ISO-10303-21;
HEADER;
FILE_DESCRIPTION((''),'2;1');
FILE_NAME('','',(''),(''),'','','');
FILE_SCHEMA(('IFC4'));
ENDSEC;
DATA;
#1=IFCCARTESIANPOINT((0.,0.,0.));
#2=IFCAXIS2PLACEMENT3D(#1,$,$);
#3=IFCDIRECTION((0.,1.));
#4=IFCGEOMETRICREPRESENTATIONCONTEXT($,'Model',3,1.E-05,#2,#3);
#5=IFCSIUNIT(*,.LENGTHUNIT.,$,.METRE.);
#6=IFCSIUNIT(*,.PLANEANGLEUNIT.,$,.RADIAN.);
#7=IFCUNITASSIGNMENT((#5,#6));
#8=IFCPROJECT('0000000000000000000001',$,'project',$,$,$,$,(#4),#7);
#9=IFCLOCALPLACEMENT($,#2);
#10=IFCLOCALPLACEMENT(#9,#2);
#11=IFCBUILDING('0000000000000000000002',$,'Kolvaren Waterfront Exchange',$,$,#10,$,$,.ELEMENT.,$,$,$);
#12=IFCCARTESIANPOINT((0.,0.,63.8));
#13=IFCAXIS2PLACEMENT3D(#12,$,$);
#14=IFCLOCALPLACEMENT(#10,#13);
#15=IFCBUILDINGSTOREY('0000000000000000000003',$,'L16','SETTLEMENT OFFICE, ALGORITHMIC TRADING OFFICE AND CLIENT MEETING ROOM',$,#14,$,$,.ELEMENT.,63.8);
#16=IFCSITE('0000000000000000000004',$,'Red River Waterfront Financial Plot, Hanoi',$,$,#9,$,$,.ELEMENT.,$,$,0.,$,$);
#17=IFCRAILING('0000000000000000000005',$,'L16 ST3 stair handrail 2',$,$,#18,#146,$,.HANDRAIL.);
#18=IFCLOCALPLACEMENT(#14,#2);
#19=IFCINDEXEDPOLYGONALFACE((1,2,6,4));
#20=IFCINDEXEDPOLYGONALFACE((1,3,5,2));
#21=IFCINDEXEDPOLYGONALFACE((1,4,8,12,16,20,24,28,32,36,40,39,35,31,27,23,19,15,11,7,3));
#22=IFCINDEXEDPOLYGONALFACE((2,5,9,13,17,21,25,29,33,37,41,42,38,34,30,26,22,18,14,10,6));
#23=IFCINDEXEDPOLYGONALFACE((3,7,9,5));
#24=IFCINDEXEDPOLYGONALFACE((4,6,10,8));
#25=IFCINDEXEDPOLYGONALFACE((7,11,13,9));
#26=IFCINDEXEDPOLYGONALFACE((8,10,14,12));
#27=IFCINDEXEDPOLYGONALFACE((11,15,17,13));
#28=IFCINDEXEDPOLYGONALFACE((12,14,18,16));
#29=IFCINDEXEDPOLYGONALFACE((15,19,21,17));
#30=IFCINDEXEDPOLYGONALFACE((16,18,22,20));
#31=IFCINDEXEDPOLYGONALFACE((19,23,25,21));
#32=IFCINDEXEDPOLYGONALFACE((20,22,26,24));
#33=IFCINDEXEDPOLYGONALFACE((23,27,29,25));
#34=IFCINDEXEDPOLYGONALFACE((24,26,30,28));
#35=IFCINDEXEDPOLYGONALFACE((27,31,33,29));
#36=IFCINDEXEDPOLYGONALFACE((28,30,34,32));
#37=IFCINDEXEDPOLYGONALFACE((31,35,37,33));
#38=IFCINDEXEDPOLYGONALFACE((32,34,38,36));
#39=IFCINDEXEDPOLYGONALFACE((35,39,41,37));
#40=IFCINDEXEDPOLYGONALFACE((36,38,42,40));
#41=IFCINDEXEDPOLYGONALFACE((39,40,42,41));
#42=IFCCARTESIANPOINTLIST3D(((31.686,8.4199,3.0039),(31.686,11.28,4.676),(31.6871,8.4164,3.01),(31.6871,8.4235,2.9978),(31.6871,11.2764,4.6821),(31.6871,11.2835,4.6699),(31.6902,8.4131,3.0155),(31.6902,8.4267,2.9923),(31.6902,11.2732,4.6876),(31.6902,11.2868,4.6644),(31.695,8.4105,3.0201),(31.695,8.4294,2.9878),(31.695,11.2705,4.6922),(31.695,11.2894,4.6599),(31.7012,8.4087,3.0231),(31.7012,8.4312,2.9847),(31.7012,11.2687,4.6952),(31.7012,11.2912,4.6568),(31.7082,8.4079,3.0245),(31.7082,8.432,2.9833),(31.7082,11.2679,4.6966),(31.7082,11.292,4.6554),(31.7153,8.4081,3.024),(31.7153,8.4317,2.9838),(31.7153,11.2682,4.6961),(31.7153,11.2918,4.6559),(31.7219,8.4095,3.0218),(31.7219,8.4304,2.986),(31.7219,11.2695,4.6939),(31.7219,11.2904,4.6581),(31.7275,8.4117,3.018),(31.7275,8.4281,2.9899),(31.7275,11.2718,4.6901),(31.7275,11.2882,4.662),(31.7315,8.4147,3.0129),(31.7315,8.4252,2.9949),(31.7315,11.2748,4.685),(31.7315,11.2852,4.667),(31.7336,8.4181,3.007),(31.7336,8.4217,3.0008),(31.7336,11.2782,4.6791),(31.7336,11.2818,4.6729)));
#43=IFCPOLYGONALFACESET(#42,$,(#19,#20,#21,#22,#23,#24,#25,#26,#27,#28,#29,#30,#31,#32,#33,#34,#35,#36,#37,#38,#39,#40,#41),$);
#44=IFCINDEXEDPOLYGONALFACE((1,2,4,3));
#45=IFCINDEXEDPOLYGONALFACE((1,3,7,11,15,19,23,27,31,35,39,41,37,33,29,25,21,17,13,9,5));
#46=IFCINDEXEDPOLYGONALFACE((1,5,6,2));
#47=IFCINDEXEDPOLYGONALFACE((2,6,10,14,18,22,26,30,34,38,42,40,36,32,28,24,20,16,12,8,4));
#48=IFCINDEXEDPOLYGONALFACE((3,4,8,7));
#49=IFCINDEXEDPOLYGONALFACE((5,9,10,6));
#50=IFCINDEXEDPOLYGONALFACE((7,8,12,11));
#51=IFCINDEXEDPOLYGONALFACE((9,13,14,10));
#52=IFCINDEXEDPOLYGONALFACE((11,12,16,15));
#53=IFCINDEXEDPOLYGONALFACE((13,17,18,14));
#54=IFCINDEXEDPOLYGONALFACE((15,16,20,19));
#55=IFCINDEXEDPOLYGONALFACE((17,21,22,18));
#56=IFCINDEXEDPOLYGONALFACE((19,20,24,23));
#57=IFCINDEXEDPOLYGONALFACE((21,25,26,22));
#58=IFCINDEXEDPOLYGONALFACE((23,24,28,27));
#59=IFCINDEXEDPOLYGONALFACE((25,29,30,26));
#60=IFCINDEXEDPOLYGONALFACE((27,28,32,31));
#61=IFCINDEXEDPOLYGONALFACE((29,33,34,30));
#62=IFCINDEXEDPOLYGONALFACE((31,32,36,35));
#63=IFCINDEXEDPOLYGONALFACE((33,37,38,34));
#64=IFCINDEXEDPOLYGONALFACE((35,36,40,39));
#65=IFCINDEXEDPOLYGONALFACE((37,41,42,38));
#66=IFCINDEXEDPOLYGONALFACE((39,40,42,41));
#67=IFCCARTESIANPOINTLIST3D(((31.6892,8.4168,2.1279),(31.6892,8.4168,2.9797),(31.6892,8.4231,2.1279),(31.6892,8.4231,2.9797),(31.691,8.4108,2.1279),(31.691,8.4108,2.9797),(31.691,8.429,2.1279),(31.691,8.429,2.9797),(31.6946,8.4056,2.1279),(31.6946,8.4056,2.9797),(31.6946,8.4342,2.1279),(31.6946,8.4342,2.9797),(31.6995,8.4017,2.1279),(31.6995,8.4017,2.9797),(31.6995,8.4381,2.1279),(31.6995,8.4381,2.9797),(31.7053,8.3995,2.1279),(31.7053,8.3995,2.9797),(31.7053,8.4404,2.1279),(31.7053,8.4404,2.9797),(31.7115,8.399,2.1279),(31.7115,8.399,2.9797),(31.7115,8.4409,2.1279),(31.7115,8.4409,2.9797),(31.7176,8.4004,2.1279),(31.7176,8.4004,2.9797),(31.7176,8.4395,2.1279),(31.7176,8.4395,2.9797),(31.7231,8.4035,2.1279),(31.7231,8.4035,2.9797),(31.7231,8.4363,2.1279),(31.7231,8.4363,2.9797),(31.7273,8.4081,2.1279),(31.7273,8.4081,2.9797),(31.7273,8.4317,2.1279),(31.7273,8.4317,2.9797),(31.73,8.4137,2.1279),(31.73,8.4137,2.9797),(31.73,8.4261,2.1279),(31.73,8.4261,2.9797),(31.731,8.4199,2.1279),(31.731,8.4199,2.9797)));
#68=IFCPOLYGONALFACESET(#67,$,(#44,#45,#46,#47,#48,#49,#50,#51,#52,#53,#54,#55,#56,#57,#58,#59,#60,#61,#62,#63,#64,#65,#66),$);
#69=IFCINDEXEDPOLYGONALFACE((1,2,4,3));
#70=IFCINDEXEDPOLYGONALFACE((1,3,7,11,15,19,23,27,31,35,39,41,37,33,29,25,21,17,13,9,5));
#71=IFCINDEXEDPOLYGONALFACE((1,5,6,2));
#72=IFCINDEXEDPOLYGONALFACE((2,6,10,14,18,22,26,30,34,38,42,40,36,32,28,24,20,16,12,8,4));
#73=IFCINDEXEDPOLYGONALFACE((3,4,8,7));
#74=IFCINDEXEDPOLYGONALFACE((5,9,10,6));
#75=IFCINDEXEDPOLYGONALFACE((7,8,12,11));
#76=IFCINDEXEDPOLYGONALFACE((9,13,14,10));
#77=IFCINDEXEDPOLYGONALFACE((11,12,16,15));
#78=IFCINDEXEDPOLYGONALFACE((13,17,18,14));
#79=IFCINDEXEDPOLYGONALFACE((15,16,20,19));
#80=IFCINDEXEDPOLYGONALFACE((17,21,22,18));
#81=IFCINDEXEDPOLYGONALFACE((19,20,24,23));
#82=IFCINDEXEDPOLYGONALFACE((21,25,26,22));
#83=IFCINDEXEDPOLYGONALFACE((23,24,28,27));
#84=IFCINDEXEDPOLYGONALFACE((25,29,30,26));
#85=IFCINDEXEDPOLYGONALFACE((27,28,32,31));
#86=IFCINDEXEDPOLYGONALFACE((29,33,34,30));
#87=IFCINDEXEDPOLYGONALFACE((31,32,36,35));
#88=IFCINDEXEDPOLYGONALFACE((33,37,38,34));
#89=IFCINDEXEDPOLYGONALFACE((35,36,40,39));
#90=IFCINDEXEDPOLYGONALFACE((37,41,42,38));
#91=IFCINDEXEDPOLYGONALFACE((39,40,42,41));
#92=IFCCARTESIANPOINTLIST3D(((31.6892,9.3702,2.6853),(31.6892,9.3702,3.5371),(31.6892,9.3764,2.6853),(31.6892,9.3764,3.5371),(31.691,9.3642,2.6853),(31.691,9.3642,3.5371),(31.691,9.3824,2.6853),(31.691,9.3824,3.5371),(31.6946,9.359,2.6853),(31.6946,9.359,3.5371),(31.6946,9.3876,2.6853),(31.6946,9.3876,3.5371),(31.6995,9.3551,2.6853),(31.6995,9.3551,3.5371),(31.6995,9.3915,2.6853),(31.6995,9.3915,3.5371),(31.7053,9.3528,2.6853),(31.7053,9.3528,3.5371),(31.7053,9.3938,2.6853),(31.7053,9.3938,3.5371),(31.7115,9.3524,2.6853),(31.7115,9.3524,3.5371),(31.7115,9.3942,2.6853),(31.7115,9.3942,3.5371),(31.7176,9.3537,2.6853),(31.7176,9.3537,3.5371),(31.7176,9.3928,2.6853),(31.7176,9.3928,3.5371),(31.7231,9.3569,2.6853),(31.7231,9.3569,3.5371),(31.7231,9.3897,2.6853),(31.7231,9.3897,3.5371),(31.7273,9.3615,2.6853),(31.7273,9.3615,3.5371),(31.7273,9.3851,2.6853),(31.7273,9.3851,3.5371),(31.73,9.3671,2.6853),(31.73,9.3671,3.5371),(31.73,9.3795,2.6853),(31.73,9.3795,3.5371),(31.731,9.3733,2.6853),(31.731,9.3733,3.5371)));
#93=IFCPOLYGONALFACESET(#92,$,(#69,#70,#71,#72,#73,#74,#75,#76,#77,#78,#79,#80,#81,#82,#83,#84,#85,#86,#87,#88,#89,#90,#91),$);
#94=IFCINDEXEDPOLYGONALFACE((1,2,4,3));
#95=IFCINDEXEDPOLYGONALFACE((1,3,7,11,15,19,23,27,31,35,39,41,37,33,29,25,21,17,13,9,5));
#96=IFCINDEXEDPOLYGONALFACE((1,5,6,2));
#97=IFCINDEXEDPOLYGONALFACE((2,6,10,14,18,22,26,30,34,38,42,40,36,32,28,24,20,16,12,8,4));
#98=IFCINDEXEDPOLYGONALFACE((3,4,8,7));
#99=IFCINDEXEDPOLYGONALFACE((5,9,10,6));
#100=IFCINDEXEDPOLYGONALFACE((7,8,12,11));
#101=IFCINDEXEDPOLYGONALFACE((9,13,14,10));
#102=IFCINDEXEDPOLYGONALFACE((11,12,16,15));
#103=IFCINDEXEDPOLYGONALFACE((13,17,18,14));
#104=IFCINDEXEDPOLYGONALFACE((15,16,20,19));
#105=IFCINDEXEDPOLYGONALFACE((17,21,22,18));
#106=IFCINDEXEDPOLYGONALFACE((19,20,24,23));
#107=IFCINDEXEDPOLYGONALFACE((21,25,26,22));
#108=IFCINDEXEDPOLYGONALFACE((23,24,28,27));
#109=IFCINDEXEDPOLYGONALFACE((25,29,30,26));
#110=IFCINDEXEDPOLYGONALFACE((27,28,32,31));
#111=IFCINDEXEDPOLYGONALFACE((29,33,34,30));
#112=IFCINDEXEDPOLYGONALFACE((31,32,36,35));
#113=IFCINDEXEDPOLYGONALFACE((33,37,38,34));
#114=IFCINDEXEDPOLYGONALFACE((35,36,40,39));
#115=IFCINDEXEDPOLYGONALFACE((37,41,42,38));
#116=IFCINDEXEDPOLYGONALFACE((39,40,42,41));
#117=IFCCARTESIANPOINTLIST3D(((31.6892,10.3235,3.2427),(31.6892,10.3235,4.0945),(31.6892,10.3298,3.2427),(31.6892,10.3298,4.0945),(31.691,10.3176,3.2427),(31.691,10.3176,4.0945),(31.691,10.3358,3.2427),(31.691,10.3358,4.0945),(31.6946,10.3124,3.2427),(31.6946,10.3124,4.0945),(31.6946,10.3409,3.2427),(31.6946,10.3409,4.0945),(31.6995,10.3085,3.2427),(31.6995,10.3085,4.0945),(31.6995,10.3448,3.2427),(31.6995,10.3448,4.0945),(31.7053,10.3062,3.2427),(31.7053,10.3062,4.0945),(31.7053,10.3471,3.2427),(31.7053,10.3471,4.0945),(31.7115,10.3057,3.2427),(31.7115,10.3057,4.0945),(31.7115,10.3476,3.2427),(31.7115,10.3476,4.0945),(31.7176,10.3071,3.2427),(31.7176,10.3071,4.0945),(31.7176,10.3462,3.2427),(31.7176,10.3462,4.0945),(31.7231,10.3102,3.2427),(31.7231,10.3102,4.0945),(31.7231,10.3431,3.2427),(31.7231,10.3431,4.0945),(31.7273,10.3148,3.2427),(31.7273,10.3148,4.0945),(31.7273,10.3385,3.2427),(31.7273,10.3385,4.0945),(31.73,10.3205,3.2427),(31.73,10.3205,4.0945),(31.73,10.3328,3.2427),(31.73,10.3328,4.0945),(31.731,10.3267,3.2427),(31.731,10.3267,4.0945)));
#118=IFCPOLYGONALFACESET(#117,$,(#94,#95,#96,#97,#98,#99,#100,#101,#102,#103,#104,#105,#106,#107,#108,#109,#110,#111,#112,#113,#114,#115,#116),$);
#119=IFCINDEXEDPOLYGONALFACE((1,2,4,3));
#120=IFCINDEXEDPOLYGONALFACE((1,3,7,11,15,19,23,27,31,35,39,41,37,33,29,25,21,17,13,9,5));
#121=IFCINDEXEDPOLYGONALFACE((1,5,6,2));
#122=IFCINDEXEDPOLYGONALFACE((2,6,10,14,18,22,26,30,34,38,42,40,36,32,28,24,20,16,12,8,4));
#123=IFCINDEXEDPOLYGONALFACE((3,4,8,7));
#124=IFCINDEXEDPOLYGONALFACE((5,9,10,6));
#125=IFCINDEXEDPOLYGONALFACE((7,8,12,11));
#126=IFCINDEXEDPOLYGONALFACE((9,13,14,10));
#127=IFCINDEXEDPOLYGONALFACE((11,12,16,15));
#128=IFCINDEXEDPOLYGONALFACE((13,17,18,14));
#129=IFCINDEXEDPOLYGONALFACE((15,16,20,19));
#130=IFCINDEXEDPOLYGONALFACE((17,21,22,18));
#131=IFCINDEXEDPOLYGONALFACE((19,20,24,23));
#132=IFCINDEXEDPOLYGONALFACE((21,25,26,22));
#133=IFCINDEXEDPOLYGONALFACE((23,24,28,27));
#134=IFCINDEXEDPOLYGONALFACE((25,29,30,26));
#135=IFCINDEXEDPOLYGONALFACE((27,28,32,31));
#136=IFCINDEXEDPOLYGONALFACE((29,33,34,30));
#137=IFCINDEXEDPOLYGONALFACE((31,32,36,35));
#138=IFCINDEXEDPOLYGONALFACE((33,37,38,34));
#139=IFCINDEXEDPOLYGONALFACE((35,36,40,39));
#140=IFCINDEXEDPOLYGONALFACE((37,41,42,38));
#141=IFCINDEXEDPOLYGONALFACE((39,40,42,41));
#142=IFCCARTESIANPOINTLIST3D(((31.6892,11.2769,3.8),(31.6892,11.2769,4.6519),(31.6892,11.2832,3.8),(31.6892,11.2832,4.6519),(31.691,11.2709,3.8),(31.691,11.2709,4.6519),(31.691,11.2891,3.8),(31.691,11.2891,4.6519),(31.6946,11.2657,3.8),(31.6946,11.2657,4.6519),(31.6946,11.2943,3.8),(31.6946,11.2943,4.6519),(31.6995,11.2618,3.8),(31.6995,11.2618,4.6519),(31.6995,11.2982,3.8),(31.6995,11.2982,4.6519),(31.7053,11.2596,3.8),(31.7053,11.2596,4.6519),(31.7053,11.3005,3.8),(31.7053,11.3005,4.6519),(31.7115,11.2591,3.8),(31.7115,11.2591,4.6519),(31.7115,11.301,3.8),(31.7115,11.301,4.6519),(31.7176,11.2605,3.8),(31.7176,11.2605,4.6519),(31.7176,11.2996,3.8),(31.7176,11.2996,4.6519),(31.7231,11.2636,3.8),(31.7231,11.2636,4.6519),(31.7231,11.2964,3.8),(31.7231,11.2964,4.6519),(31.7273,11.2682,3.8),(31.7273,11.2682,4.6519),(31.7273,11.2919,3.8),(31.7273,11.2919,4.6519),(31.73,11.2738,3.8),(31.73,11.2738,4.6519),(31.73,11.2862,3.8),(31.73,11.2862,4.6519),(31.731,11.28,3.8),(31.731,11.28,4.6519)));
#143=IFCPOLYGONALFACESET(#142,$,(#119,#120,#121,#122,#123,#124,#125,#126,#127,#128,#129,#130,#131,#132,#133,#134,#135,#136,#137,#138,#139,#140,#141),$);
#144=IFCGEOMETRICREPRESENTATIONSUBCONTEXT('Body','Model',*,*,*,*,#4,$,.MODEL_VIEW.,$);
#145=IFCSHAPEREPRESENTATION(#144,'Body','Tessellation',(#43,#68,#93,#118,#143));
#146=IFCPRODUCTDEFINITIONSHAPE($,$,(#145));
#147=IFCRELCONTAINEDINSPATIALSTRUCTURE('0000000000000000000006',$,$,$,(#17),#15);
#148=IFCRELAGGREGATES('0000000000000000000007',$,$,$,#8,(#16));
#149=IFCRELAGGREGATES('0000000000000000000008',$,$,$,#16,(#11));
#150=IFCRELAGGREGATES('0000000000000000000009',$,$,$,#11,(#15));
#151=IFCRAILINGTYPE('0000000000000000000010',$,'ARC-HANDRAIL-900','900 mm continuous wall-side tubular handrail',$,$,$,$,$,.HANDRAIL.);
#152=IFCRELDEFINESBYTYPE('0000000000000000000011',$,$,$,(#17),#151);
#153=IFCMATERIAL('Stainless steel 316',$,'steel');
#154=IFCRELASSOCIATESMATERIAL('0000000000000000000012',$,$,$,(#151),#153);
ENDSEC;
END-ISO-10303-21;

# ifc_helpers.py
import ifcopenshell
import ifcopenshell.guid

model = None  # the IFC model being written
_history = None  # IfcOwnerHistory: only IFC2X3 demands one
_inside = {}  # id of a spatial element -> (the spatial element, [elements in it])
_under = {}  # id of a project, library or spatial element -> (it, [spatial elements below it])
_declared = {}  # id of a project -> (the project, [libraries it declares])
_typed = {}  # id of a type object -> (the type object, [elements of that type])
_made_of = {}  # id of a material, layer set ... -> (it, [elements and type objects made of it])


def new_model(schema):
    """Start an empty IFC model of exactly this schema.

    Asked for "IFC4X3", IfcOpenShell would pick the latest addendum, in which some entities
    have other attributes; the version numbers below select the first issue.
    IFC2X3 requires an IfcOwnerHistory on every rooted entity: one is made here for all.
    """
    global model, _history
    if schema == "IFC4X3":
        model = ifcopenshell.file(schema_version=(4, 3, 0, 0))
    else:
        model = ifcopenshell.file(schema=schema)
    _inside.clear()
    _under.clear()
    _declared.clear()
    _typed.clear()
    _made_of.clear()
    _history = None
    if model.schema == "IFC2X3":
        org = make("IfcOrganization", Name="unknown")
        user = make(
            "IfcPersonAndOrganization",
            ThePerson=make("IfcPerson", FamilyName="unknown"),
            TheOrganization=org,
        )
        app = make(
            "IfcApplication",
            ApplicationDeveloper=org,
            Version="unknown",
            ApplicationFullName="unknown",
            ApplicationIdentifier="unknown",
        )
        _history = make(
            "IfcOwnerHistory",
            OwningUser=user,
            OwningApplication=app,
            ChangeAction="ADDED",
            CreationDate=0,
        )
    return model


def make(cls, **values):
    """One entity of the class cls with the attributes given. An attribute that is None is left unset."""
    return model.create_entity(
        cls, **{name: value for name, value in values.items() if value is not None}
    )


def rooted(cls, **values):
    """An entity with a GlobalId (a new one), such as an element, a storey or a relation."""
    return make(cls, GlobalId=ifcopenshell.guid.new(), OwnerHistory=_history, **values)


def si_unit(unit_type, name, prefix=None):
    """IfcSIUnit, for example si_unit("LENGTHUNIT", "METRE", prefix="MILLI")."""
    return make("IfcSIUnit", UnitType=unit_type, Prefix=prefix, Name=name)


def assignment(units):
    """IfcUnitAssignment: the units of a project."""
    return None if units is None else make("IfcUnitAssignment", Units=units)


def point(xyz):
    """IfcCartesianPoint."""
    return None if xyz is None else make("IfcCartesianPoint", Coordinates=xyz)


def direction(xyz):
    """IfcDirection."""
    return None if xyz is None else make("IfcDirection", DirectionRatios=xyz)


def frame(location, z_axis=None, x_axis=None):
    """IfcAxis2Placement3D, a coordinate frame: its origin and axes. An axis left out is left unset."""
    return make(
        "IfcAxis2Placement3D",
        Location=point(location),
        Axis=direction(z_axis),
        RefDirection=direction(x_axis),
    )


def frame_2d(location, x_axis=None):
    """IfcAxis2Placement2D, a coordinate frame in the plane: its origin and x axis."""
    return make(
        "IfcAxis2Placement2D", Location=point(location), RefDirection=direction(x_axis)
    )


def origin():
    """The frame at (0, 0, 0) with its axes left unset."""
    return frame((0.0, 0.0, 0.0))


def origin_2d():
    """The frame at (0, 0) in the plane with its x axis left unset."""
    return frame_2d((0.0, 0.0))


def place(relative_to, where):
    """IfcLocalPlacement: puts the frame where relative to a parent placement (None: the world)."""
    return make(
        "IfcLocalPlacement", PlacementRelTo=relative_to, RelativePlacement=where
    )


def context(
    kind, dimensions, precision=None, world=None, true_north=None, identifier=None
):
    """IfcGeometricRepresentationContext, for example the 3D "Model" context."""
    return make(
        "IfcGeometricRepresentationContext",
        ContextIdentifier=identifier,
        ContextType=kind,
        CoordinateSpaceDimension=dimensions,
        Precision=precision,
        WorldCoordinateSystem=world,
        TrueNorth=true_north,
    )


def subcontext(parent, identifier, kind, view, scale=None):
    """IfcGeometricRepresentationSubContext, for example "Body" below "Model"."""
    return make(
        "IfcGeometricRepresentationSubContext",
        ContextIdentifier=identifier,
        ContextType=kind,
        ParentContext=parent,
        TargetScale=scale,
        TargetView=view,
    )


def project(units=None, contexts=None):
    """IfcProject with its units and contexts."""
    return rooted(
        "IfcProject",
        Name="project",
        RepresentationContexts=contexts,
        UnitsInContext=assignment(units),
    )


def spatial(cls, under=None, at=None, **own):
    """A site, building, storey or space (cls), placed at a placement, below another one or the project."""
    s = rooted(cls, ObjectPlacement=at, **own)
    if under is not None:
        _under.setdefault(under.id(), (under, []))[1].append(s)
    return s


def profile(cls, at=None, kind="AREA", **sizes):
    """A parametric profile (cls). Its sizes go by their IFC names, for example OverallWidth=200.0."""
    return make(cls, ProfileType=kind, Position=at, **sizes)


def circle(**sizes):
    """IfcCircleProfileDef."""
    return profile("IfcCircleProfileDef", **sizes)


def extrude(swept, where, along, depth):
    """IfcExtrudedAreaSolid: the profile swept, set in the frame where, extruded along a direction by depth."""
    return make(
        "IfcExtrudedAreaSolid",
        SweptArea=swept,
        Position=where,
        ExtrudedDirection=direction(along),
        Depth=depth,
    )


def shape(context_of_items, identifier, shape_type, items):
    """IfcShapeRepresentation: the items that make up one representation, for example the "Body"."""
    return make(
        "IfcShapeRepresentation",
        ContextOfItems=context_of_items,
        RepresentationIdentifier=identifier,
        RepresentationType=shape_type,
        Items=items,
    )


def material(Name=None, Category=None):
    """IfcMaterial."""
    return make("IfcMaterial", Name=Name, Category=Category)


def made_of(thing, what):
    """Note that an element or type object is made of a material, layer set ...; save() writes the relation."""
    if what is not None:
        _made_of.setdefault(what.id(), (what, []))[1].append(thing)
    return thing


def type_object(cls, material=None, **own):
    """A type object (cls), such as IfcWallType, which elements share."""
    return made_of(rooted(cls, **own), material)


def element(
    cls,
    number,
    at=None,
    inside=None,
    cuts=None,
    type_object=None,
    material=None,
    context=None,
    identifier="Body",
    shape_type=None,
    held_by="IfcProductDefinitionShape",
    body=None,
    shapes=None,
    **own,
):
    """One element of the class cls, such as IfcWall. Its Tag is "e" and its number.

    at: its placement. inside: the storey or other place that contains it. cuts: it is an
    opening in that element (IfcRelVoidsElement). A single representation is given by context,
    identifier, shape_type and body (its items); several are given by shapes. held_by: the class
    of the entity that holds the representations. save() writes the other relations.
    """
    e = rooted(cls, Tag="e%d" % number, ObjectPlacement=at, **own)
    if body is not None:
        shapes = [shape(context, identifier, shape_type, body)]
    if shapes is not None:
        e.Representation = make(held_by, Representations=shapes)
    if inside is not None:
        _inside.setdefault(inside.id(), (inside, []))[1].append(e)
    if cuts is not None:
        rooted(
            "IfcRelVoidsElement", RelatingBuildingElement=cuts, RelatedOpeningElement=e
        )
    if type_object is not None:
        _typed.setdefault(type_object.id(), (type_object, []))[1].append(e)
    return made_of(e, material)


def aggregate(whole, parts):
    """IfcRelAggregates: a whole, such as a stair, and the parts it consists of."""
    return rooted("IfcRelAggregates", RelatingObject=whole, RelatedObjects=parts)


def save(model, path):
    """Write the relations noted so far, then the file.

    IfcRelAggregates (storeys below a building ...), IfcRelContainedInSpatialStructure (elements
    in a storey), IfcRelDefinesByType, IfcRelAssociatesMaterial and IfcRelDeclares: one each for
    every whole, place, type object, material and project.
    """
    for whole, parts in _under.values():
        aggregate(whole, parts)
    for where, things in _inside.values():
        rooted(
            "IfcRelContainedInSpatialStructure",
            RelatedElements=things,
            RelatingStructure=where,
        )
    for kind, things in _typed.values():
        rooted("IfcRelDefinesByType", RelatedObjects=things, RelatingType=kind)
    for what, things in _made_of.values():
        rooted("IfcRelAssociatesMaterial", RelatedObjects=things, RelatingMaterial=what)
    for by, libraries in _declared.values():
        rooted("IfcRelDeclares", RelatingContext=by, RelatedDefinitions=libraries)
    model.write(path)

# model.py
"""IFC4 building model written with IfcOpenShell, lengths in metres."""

from ifc_helpers import new_model, si_unit, direction, frame, origin, origin_2d, place, context, subcontext, project, spatial, circle, extrude, material, type_object, element, save


model = new_model("IFC4")

# Units and contexts
model_context = context("Model", 3, precision=1e-05, world=origin(), true_north=direction((0.0, 1.0)))
body_context = subcontext(model_context, "Body", "Model", "MODEL_VIEW")
ifc_project = project(units=[si_unit("LENGTHUNIT", "METRE"), si_unit("PLANEANGLEUNIT", "RADIAN")], contexts=[model_context])

# Site, building, storey
site_placement = place(None, origin())
site = spatial("IfcSite", under=ifc_project, at=site_placement, Name="Red River Waterfront Financial Plot, Hanoi", CompositionType="ELEMENT", RefElevation=0.0)
building_placement = place(site_placement, origin())
building = spatial("IfcBuilding", under=site, at=building_placement, Name="Kolvaren Waterfront Exchange", CompositionType="ELEMENT")
storey_placement = place(building_placement, frame((0.0, 0.0, 63.8)))
storey = spatial("IfcBuildingStorey", under=building, at=storey_placement, Name="L16", Description="SETTLEMENT OFFICE, ALGORITHMIC TRADING OFFICE AND CLIENT MEETING ROOM", CompositionType="ELEMENT", Elevation=63.8)

# Railing
ifc_material_1 = material(Name="Stainless steel 316", Category="steel")
railing_type = type_object("IfcRailingType", Name="ARC-HANDRAIL-900", Description="900 mm continuous wall-side tubular handrail", PredefinedType="HANDRAIL", material=ifc_material_1)
railing_placement = place(storey_placement, frame((31.71, 8.4199, 2.1279)))
element("IfcRailing", 1, at=railing_placement, inside=storey, type_object=railing_type, Name="L16 ST3 stair handrail 2", PredefinedType="HANDRAIL", context=body_context, shape_type="SweptSolid", body=[
    extrude(circle(Radius=0.0239, at=origin_2d()), frame((0.0, 0.0, 0.876), z_axis=(0.0, 0.863289, 0.504709), x_axis=(-1.0, 0.0, 0.0)), (0.0, 0.0, 1.0), 3.313),
    extrude(circle(Radius=0.021, at=origin_2d()), origin(), (0.0, 0.0, 1.0), 0.8518),
    extrude(circle(Radius=0.021, at=origin_2d()), frame((0.0, 0.9534, 0.5574)), (0.0, 0.0, 1.0), 0.8518),
    extrude(circle(Radius=0.021, at=origin_2d()), frame((0.0, 1.9067, 1.1147)), (0.0, 0.0, 1.0), 0.8518),
    extrude(circle(Radius=0.021, at=origin_2d()), frame((0.0, 2.8601, 1.6721)), (0.0, 0.0, 1.0), 0.8518),
])

save(model, "model.ifc")
